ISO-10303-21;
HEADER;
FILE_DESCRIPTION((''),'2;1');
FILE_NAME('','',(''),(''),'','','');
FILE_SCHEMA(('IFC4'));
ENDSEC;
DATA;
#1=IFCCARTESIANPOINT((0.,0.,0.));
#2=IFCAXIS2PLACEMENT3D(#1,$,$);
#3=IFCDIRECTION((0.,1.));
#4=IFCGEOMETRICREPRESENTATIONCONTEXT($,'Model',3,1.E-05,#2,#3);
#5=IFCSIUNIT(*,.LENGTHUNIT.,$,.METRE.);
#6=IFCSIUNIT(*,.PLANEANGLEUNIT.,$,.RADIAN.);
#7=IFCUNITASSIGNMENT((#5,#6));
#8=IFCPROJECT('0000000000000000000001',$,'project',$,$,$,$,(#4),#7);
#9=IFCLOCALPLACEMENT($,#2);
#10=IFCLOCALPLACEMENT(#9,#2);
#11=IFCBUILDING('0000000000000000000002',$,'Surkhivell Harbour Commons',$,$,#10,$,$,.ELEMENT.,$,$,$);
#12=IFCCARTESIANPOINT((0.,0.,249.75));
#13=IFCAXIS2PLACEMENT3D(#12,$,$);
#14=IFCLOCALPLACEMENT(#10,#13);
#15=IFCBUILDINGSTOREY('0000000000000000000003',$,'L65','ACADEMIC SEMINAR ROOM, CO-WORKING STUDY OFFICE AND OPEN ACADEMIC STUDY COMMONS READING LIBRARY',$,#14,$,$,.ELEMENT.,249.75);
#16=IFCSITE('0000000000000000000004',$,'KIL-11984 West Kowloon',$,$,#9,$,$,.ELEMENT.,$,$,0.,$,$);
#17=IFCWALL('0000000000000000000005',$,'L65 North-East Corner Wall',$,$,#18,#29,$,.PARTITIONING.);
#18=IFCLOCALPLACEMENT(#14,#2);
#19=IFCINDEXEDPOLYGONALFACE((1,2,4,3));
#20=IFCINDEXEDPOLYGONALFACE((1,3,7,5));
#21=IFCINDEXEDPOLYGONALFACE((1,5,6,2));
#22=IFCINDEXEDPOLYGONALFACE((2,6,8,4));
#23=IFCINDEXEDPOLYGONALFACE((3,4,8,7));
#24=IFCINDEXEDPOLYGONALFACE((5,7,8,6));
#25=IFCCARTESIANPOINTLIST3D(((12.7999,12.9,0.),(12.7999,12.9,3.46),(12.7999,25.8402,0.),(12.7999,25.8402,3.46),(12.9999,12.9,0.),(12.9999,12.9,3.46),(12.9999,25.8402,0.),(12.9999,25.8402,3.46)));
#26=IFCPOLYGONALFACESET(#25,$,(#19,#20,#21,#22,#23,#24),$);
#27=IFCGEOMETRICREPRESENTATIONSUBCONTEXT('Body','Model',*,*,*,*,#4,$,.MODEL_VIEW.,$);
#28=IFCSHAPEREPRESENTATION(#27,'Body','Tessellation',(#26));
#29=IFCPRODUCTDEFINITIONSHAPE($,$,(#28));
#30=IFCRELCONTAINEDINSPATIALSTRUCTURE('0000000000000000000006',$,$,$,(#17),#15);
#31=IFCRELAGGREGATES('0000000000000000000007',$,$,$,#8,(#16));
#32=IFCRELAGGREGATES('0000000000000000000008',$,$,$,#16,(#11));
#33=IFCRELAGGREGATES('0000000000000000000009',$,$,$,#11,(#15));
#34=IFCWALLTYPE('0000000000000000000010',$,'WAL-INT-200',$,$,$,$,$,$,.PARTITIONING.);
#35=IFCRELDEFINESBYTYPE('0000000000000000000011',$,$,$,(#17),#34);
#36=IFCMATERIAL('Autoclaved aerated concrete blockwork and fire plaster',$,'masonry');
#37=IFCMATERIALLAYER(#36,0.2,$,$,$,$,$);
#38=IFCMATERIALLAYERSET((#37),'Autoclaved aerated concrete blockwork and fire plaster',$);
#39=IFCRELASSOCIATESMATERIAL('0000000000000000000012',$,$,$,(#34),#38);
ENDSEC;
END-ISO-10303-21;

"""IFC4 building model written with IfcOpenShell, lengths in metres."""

from ifc_helpers import new_model, si_unit, direction, frame, frame_2d, origin, place, context, subcontext, project, spatial, rectangle, extrude, material, layer, layer_set, type_object, element, save


model = new_model("IFC4")

# Units and contexts
model_context = context("Model", 3, precision=1e-05, world=origin(), true_north=direction((0.0, 1.0)))
body_context = subcontext(model_context, "Body", "Model", "MODEL_VIEW")
ifc_project = project(units=[si_unit("LENGTHUNIT", "METRE"), si_unit("PLANEANGLEUNIT", "RADIAN")], contexts=[model_context])

# Site, building, storey
site_placement = place(None, origin())
site = spatial("IfcSite", under=ifc_project, at=site_placement, Name="KIL-11984 West Kowloon", CompositionType="ELEMENT", RefElevation=0.0)
building_placement = place(site_placement, origin())
building = spatial("IfcBuilding", under=site, at=building_placement, Name="Surkhivell Harbour Commons", CompositionType="ELEMENT")
storey_placement = place(building_placement, frame((0.0, 0.0, 249.75)))
storey = spatial("IfcBuildingStorey", under=building, at=storey_placement, Name="L65", Description="ACADEMIC SEMINAR ROOM, CO-WORKING STUDY OFFICE AND OPEN ACADEMIC STUDY COMMONS READING LIBRARY", CompositionType="ELEMENT", Elevation=249.75)

# Wall
ifc_material_1 = material(Name="Autoclaved aerated concrete blockwork and fire plaster", Category="masonry")
ifc_layer_1 = layer(ifc_material_1, 0.2)
ifc_layer_set_1 = layer_set([ifc_layer_1], Name="Autoclaved aerated concrete blockwork and fire plaster")
wall_type_1 = type_object("IfcWallType", Name="WAL-INT-200", PredefinedType="PARTITIONING", material=ifc_layer_set_1)
wall_1_placement = place(storey_placement, frame((12.8999, 12.8999, 0.0), z_axis=(0.0, 0.0, 1.0), x_axis=(0.0, 1.0, 0.0)))
element("IfcWall", 1, at=wall_1_placement, inside=storey, type_object=wall_type_1, Name="L65 North-East Corner Wall", PredefinedType="PARTITIONING", context=body_context, shape_type="SweptSolid", body=[
    extrude(rectangle(XDim=12.9402, YDim=0.2, at=frame_2d((6.4702, 0.0))), origin(), (0.0, 0.0, 1.0), 3.46),
])

save(model, "model.ifc")
